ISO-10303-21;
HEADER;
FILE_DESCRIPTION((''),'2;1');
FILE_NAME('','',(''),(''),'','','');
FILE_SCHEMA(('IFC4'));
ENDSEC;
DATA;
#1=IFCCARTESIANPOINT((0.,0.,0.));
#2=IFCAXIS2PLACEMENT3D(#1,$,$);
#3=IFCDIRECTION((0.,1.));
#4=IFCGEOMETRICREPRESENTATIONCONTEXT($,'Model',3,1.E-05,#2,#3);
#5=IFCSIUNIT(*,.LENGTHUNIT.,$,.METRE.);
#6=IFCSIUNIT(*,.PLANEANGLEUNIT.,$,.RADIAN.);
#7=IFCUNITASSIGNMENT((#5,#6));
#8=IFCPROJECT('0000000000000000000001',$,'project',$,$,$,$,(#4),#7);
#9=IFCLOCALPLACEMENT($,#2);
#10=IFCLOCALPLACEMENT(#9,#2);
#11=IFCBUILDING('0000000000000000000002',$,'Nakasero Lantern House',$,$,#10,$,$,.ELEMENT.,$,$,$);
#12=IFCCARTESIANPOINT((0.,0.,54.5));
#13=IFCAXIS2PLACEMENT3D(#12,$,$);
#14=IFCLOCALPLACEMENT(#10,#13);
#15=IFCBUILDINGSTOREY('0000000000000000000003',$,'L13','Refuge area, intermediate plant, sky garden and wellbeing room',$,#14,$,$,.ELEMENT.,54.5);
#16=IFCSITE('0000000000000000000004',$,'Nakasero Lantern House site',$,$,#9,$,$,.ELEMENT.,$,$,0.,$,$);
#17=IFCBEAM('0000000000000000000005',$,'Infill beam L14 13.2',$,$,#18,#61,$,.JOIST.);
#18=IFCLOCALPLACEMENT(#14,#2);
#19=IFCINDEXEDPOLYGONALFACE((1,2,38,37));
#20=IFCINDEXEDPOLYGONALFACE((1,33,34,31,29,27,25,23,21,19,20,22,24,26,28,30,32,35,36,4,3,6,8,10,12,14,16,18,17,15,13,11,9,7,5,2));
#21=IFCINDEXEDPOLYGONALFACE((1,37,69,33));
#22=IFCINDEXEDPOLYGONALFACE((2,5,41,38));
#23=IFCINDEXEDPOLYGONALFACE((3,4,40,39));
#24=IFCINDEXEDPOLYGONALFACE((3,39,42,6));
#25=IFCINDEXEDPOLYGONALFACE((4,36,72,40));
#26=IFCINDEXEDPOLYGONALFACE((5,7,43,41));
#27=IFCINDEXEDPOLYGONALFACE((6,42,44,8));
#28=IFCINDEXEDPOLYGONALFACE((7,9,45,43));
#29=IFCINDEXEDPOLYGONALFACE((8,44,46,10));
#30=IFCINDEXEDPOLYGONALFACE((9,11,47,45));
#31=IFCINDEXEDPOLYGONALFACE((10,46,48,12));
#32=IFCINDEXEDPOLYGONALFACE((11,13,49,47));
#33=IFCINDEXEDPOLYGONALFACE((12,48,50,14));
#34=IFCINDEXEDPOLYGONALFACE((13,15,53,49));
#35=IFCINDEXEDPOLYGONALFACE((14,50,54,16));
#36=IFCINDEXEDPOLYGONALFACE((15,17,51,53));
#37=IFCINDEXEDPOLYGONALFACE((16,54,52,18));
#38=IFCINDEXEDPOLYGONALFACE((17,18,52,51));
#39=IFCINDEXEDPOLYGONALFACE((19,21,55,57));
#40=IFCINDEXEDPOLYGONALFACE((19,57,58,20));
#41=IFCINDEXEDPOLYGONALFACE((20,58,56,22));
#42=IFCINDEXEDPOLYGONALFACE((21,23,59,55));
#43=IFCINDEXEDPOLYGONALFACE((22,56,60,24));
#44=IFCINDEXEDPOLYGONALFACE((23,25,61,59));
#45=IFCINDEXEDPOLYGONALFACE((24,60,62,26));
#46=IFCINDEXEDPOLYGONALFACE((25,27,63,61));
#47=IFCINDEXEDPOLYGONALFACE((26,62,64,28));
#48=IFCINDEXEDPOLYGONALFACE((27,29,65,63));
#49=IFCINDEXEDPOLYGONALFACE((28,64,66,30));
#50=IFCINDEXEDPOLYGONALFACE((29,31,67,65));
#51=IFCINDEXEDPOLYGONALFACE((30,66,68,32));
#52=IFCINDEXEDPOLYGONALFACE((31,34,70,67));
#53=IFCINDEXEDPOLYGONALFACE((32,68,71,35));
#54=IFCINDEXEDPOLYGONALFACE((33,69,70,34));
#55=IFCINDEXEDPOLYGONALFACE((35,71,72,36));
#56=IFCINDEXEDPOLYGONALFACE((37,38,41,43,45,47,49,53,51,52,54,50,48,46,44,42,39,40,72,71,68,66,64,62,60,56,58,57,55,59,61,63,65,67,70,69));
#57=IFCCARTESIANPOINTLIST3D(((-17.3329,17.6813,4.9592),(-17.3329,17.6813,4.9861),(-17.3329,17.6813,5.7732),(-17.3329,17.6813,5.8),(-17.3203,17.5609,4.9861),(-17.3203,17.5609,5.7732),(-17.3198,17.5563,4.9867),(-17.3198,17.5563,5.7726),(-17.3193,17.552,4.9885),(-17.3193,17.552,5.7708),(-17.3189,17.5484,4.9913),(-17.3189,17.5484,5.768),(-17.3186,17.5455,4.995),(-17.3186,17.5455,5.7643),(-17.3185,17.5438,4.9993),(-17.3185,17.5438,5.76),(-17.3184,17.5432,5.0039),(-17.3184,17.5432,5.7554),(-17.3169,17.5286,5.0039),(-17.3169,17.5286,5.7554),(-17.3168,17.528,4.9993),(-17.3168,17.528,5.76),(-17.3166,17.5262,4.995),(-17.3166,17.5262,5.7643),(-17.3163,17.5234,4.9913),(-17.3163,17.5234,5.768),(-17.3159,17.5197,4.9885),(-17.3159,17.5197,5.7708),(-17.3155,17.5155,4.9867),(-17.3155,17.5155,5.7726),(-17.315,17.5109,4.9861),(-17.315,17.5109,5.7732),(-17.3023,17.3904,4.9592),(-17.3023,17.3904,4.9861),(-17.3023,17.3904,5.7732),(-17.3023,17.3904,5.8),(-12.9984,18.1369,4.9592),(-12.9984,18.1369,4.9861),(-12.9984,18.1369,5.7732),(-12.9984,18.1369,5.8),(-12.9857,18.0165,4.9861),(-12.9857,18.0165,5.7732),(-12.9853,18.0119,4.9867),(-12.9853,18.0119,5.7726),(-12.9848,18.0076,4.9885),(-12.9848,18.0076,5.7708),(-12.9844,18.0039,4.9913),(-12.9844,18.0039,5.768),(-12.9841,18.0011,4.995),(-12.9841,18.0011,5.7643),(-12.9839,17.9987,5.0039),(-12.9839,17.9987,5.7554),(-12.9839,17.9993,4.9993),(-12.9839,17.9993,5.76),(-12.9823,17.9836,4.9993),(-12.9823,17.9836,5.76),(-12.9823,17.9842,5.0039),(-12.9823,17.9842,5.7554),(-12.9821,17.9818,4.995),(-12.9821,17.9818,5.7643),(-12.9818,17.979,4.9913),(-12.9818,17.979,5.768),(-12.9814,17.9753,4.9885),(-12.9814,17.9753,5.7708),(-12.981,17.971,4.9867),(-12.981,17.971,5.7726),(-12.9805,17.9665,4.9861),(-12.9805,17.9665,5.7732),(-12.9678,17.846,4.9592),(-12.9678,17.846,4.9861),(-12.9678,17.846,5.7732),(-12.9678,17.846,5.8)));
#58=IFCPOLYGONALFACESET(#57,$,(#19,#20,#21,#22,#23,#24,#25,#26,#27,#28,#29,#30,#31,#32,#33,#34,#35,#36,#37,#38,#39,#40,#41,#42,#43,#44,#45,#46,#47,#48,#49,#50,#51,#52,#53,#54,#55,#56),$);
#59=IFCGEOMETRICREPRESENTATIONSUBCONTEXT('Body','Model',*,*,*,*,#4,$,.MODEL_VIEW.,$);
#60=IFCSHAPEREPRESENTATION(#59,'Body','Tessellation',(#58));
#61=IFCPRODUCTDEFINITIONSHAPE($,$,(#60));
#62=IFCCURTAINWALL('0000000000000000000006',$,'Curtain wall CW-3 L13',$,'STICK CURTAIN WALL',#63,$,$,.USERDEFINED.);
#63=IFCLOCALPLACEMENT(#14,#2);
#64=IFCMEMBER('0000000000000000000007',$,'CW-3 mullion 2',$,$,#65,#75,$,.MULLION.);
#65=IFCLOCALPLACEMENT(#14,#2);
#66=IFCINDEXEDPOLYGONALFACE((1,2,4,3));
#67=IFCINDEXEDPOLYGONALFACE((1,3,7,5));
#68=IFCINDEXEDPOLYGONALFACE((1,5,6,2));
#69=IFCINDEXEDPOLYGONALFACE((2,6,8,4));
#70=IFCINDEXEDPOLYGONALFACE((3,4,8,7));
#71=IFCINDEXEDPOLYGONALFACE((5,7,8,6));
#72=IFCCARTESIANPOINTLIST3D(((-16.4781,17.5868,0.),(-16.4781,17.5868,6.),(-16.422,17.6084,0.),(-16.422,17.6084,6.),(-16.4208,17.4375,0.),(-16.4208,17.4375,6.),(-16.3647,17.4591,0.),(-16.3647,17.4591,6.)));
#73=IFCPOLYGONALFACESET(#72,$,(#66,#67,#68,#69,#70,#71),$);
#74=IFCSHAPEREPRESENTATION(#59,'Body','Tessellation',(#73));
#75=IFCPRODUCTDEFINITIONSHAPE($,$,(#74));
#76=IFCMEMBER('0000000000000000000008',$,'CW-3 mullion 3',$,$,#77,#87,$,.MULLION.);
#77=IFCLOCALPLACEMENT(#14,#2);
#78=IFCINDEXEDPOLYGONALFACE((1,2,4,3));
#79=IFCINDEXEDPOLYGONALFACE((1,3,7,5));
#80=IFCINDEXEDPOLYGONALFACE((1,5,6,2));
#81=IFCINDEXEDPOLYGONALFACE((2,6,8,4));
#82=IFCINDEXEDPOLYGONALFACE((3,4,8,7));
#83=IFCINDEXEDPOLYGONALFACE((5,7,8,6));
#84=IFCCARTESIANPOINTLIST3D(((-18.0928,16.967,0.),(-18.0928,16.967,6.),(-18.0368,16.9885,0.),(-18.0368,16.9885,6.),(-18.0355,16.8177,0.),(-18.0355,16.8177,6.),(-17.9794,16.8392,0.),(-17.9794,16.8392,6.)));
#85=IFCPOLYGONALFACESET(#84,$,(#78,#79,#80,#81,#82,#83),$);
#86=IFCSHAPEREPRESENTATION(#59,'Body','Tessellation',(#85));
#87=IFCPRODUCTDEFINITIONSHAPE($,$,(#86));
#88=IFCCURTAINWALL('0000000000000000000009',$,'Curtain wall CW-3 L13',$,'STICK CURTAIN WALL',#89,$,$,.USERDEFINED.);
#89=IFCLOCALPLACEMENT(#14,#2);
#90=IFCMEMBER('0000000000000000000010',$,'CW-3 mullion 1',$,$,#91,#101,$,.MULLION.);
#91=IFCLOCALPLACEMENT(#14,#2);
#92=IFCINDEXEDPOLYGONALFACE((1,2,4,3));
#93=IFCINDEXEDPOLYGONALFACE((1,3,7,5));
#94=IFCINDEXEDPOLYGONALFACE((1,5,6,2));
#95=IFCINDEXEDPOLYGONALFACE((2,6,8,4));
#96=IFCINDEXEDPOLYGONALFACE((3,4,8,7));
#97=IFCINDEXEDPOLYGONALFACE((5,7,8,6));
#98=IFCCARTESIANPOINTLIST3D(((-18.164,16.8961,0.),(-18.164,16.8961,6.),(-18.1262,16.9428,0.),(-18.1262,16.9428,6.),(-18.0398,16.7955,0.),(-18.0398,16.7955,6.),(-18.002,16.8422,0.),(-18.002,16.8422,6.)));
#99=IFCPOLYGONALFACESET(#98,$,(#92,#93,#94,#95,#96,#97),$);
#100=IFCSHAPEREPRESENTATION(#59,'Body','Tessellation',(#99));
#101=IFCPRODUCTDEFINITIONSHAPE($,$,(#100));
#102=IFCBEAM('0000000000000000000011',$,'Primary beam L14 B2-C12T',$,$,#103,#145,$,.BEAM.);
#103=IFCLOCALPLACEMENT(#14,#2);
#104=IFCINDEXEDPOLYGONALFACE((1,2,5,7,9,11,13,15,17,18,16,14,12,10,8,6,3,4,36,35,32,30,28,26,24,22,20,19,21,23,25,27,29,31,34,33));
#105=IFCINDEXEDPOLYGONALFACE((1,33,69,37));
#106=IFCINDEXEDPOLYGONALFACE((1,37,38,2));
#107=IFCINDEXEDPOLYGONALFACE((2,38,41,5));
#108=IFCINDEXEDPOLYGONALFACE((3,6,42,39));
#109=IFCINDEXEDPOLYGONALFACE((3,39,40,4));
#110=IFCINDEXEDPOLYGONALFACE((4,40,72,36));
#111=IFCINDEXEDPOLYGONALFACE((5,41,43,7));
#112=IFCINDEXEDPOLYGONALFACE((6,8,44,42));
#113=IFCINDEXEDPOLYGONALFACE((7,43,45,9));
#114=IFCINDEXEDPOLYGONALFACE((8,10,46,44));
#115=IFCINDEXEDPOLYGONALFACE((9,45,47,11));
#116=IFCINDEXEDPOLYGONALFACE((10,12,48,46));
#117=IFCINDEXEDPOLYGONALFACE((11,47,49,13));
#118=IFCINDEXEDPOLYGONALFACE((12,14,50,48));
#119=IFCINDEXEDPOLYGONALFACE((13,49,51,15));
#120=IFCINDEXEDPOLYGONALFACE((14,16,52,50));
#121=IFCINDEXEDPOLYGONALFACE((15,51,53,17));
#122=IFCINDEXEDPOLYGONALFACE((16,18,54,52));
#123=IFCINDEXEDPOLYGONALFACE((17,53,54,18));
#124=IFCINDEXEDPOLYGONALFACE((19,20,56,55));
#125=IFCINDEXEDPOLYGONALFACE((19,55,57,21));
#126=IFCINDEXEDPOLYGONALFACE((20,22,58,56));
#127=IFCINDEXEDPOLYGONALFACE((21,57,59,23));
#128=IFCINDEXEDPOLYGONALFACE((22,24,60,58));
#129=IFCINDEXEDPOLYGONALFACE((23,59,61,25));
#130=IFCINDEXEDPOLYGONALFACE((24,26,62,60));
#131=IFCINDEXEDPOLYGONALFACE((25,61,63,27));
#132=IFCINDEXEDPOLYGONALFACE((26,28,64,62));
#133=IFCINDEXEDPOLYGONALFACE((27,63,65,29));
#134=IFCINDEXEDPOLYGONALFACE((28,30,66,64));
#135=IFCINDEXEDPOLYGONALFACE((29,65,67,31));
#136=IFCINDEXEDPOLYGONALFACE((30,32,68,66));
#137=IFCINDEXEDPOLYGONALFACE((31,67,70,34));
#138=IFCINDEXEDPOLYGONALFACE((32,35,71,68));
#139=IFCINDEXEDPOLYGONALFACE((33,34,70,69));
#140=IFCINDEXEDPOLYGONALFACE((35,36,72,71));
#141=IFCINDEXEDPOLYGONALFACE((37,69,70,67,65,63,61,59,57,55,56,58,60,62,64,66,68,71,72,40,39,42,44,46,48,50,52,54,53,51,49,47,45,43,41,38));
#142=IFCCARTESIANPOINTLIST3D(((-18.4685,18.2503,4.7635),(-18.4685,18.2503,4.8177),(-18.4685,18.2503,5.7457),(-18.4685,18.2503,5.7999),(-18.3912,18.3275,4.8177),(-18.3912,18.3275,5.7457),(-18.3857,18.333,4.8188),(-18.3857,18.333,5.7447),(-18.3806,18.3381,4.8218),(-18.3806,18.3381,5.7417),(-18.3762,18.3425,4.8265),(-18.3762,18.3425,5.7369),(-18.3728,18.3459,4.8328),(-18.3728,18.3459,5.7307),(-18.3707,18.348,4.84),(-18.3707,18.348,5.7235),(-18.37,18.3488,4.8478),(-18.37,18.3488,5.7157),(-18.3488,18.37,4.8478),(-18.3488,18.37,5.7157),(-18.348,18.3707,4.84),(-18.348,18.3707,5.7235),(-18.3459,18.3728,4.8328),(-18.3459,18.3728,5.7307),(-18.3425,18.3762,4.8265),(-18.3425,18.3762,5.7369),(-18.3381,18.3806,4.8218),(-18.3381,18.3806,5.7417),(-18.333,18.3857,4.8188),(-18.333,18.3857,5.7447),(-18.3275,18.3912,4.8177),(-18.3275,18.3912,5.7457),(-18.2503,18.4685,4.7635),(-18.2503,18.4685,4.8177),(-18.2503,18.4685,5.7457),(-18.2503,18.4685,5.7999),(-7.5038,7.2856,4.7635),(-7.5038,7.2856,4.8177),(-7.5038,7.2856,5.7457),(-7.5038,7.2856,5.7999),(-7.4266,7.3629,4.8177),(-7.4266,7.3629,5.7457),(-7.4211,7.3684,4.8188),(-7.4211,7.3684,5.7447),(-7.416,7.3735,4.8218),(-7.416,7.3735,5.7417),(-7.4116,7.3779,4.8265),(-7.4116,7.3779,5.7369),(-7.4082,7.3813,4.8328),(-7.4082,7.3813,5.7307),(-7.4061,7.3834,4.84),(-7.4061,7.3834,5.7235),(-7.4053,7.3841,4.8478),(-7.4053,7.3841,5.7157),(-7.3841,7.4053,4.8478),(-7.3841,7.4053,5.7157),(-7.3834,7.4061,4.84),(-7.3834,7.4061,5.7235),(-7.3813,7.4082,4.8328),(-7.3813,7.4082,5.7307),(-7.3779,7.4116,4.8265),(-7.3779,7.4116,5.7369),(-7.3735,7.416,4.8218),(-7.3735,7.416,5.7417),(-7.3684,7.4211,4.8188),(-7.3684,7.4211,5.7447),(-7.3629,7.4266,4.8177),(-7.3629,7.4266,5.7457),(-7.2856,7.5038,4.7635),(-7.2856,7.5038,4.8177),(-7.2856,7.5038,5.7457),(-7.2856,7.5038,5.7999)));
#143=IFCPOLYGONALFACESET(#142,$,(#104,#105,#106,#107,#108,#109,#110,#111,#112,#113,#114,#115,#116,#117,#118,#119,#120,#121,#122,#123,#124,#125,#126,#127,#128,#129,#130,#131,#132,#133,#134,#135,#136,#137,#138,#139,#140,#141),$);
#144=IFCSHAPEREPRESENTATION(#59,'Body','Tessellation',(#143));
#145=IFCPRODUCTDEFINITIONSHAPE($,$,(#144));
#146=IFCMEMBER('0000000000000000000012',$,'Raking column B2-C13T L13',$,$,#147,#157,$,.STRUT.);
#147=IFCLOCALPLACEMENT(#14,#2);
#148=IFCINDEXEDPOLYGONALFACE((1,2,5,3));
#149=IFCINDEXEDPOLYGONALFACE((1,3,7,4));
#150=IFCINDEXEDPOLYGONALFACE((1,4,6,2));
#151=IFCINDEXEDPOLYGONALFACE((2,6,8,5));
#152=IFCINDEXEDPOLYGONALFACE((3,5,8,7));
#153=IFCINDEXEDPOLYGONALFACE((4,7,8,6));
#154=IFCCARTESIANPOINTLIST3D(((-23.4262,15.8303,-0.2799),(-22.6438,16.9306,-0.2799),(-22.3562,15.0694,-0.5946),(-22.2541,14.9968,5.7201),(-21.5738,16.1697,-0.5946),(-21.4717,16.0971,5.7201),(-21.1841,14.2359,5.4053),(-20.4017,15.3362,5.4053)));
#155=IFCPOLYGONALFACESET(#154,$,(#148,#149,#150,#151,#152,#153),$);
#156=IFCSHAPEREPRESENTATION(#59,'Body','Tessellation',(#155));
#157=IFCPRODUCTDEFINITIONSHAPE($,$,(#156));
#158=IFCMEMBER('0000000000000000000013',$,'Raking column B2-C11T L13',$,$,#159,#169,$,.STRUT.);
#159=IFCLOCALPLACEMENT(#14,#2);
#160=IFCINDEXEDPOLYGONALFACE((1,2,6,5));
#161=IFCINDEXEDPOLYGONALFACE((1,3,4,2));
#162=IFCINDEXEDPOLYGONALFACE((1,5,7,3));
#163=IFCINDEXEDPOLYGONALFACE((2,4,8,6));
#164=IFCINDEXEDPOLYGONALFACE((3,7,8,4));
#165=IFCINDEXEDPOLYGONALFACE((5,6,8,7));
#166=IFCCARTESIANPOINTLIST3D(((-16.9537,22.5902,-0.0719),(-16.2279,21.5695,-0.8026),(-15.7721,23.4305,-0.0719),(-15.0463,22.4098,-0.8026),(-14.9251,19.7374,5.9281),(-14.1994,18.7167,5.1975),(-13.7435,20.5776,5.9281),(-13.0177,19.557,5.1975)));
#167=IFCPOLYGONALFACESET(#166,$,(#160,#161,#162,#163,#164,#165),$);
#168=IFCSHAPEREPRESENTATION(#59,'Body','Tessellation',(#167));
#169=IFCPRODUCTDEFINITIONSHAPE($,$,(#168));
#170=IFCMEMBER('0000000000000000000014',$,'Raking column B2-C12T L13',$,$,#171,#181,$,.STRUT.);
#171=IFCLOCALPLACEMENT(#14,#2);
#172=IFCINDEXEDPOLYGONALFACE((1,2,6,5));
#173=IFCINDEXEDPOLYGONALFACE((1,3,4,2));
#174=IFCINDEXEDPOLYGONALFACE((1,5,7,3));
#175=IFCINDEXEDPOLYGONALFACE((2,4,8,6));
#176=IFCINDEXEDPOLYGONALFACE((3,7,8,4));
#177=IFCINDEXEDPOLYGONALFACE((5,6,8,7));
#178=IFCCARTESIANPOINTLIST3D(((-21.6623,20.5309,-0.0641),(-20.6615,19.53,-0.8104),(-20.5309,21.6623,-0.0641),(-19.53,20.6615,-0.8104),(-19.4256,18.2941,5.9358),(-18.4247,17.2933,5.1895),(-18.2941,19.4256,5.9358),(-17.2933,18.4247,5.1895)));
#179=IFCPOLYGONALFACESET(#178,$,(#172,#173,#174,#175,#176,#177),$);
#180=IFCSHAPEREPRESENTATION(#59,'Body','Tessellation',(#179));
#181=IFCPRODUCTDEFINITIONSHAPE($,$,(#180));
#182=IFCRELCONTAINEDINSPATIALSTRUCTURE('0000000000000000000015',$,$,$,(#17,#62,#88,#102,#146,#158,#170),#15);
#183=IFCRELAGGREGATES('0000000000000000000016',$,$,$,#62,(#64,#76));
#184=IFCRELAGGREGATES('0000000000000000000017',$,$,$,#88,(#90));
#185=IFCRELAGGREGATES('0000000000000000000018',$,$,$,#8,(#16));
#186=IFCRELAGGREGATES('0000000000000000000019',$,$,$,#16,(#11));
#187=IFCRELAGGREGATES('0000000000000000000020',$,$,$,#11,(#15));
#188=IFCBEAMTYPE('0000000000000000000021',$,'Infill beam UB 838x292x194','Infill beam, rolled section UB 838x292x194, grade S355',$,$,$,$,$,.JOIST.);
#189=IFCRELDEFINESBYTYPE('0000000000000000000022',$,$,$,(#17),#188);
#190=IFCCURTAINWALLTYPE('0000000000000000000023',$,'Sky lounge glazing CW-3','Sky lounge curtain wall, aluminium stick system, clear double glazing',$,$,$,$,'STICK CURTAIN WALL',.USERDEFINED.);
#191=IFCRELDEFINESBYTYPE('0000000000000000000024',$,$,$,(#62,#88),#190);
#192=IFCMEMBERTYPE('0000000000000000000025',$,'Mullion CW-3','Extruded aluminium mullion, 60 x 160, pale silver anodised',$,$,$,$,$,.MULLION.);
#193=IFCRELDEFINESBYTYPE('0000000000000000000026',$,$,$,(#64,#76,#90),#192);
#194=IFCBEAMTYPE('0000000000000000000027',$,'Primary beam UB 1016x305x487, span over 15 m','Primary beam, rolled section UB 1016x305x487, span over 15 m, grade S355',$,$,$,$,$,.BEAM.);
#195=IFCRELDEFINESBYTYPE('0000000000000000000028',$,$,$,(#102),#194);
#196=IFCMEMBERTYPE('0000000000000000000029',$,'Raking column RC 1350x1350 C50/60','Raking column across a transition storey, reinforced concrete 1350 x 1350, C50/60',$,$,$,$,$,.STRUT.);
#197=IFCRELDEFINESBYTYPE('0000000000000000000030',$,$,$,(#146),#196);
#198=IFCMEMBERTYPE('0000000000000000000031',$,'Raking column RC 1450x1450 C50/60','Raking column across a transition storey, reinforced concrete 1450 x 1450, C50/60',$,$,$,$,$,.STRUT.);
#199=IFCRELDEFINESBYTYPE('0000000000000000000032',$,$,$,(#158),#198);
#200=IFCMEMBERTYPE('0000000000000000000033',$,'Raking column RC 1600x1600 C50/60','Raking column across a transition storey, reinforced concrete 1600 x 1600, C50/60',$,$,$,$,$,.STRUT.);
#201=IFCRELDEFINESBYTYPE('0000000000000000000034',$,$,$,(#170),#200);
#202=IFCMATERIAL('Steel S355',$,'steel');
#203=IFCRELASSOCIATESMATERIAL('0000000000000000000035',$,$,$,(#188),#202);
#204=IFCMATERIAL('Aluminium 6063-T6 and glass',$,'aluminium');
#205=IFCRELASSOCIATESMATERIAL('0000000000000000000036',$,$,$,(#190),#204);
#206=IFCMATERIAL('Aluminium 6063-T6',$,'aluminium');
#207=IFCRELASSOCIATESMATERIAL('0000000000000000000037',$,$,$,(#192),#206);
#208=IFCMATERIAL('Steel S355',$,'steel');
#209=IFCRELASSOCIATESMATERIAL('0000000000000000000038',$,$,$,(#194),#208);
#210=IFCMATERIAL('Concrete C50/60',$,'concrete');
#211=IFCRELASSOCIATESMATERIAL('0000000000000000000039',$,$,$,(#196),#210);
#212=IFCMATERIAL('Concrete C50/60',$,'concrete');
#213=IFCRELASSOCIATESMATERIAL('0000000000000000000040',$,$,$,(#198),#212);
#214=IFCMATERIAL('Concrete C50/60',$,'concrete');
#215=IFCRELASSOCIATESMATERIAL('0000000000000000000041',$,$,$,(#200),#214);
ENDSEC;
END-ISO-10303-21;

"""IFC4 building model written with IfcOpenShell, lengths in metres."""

from ifc_helpers import new_model, si_unit, direction, frame, origin, origin_2d, place, context, subcontext, project, spatial, rectangle, i_section, extrude, material, material_profile, profile_set, type_object, element, aggregate, save


model = new_model("IFC4")

# Units and contexts
model_context = context("Model", 3, precision=1e-05, world=origin(), true_north=direction((0.0, 1.0)))
body_context = subcontext(model_context, "Body", "Model", "MODEL_VIEW")
ifc_project = project(units=[si_unit("LENGTHUNIT", "METRE"), si_unit("PLANEANGLEUNIT", "RADIAN")], contexts=[model_context])

# Site, building, storey
site_placement = place(None, origin())
site = spatial("IfcSite", under=ifc_project, at=site_placement, Name="Nakasero Lantern House site", CompositionType="ELEMENT", RefElevation=0.0)
building_placement = place(site_placement, origin())
building = spatial("IfcBuilding", under=site, at=building_placement, Name="Nakasero Lantern House", CompositionType="ELEMENT")
storey_placement = place(building_placement, frame((0.0, 0.0, 54.5)))
storey = spatial("IfcBuildingStorey", under=building, at=storey_placement, Name="L13", Description="Refuge area, intermediate plant, sky garden and wellbeing room", CompositionType="ELEMENT", Elevation=54.5)

# Beam
ifc_material_1 = material(Name="Steel S355", Category="steel")
ifc_material_profile_1 = material_profile(ifc_material_1, i_section(OverallWidth=0.2925, OverallDepth=0.8408, WebThickness=0.0146, FlangeThickness=0.0269, FilletRadius=0.0178, at=origin_2d()), Name="UB 838x292x194")
ifc_profile_set_1 = profile_set([ifc_material_profile_1], Name="Steel S355")
beam_type_1 = type_object("IfcBeamType", Name="Infill beam UB 838x292x194", Description="Infill beam, rolled section UB 838x292x194, grade S355", PredefinedType="JOIST", material=ifc_profile_set_1)
beam_1_placement = place(storey_placement, frame((-17.3176, 17.5359, 5.3796), z_axis=(0.994522, 0.104527, 0.0), x_axis=(-0.104527, 0.994522, 0.0)))
element("IfcBeam", 1, at=beam_1_placement, inside=storey, type_object=beam_type_1, Name="Infill beam L14 13.2", PredefinedType="JOIST", context=body_context, shape_type="SweptSolid", body=[
    extrude(i_section(OverallWidth=0.2925, OverallDepth=0.8408, WebThickness=0.0146, FlangeThickness=0.0269, FilletRadius=0.0178, at=origin_2d()), origin(), (0.0, 0.0, 1.0), 4.3584),
])

# Curtain wall, members
ifc_material_2 = material(Name="Aluminium 6063-T6 and glass", Category="aluminium")
curtain_wall_type = type_object("IfcCurtainWallType", Name="Sky lounge glazing CW-3", Description="Sky lounge curtain wall, aluminium stick system, clear double glazing", ElementType="STICK CURTAIN WALL", PredefinedType="USERDEFINED", material=ifc_material_2)
curtain_wall_1_placement = place(storey_placement, origin())
curtain_wall_1 = element("IfcCurtainWall", 2, at=curtain_wall_1_placement, inside=storey, type_object=curtain_wall_type, Name="Curtain wall CW-3 L13", ObjectType="STICK CURTAIN WALL", PredefinedType="USERDEFINED")
ifc_material_3 = material(Name="Aluminium 6063-T6", Category="aluminium")
ifc_material_profile_2 = material_profile(ifc_material_3, rectangle(XDim=0.0601, YDim=0.1599, at=origin_2d()), Name="CW-3 mullion 60x160")
ifc_profile_set_2 = profile_set([ifc_material_profile_2], Name="Aluminium 6063-T6")
member_type_1 = type_object("IfcMemberType", Name="Mullion CW-3", Description="Extruded aluminium mullion, 60 x 160, pale silver anodised", PredefinedType="MULLION", material=ifc_profile_set_2)
member_1_placement = place(storey_placement, frame((-16.4214, 17.5229, 0.0), z_axis=(0.0, 0.0, 1.0), x_axis=(-0.93358, -0.358368, 0.0)))
member_1 = element("IfcMember", 3, at=member_1_placement, type_object=member_type_1, Name="CW-3 mullion 2", PredefinedType="MULLION", context=body_context, shape_type="SweptSolid", body=[
    extrude(rectangle(XDim=0.0601, YDim=0.1599, at=origin_2d()), origin(), (0.0, 0.0, 1.0), 6.0),
])
member_2_placement = place(storey_placement, frame((-18.0361, 16.9031, 0.0), z_axis=(0.0, 0.0, 1.0), x_axis=(-0.93358, -0.358368, 0.0)))
member_2 = element("IfcMember", 4, at=member_2_placement, type_object=member_type_1, Name="CW-3 mullion 3", PredefinedType="MULLION", context=body_context, shape_type="SweptSolid", body=[
    extrude(rectangle(XDim=0.0601, YDim=0.1599, at=origin_2d()), origin(), (0.0, 0.0, 1.0), 6.0),
])

# Curtain wall, member
curtain_wall_2_placement = place(storey_placement, origin())
curtain_wall_2 = element("IfcCurtainWall", 5, at=curtain_wall_2_placement, inside=storey, type_object=curtain_wall_type, Name="Curtain wall CW-3 L13", ObjectType="STICK CURTAIN WALL", PredefinedType="USERDEFINED")
member_3_placement = place(storey_placement, frame((-18.083, 16.8691, 0.0), z_axis=(0.0, 0.0, 1.0), x_axis=(-0.62932, -0.777146, 0.0)))
member_3 = element("IfcMember", 6, at=member_3_placement, type_object=member_type_1, Name="CW-3 mullion 1", PredefinedType="MULLION", context=body_context, shape_type="SweptSolid", body=[
    extrude(rectangle(XDim=0.0601, YDim=0.1599, at=origin_2d()), origin(), (0.0, 0.0, 1.0), 6.0),
])

# Beam
ifc_material_4 = material(Name="Steel S355", Category="steel")
ifc_material_profile_3 = material_profile(ifc_material_4, i_section(OverallWidth=0.3086, OverallDepth=1.0364, WebThickness=0.03, FlangeThickness=0.0542, FilletRadius=0.03, at=origin_2d()), Name="UB 1016x305x487")
ifc_profile_set_3 = profile_set([ifc_material_profile_3], Name="Steel S355")
beam_type_2 = type_object("IfcBeamType", Name="Primary beam UB 1016x305x487, span over 15 m", Description="Primary beam, rolled section UB 1016x305x487, span over 15 m, grade S355", PredefinedType="BEAM", material=ifc_profile_set_3)
beam_2_placement = place(storey_placement, frame((-18.3594, 18.3594, 5.2817), z_axis=(0.707107, -0.707107, 0.0), x_axis=(0.707107, 0.707107, 0.0)))
element("IfcBeam", 7, at=beam_2_placement, inside=storey, type_object=beam_type_2, Name="Primary beam L14 B2-C12T", PredefinedType="BEAM", context=body_context, shape_type="SweptSolid", body=[
    extrude(i_section(OverallWidth=0.3086, OverallDepth=1.0364, WebThickness=0.03, FlangeThickness=0.0542, FilletRadius=0.03, at=origin_2d()), origin(), (0.0, 0.0, 1.0), 15.5063),
])

# Members
ifc_material_5 = material(Name="Concrete C50/60", Category="concrete")
ifc_material_profile_4 = material_profile(ifc_material_5, rectangle(XDim=1.3501, YDim=1.3501, at=origin_2d()), Name="RC 1350x1350")
ifc_profile_set_4 = profile_set([ifc_material_profile_4], Name="Concrete C50/60")
member_type_2 = type_object("IfcMemberType", Name="Raking column RC 1350x1350 C50/60", Description="Raking column across a transition storey, reinforced concrete 1350 x 1350, C50/60", PredefinedType="STRUT", material=ifc_profile_set_4)
member_4_placement = place(storey_placement, frame((-22.5, 16.0, -0.4373), z_axis=(0.189971, -0.135089, 0.972451), x_axis=(0.579519, 0.814959, 0.0)))
element("IfcMember", 8, at=member_4_placement, inside=storey, type_object=member_type_2, Name="Raking column B2-C13T L13", PredefinedType="STRUT", context=body_context, shape_type="SweptSolid", body=[
    extrude(rectangle(XDim=1.3501, YDim=1.3501, at=origin_2d()), origin(), (0.0, 0.0, 1.0), 6.1699),
])
ifc_material_6 = material(Name="Concrete C50/60", Category="concrete")
ifc_material_profile_5 = material_profile(ifc_material_6, rectangle(XDim=1.45, YDim=1.45, at=origin_2d()), Name="RC 1450x1450")
ifc_profile_set_5 = profile_set([ifc_material_profile_5], Name="Concrete C50/60")
member_type_3 = type_object("IfcMemberType", Name="Raking column RC 1450x1450 C50/60", Description="Raking column across a transition storey, reinforced concrete 1450 x 1450, C50/60", PredefinedType="STRUT", material=ifc_profile_set_5)
member_5_placement = place(storey_placement, frame((-16.0, 22.5, -0.4373), z_axis=(0.292028, -0.410681, 0.863748), x_axis=(0.814966, 0.579508, 0.0)))
element("IfcMember", 9, at=member_5_placement, inside=storey, type_object=member_type_3, Name="Raking column B2-C11T L13", PredefinedType="STRUT", context=body_context, shape_type="SweptSolid", body=[
    extrude(rectangle(XDim=1.45, YDim=1.45, at=origin_2d()), origin(), (0.0, 0.0, 1.0), 6.9465),
])
ifc_material_7 = material(Name="Concrete C50/60", Category="concrete")
ifc_material_profile_6 = material_profile(ifc_material_7, rectangle(XDim=1.6001, YDim=1.6001, at=origin_2d()), Name="RC 1600x1600")
ifc_profile_set_6 = profile_set([ifc_material_profile_6], Name="Concrete C50/60")
member_type_4 = type_object("IfcMemberType", Name="Raking column RC 1600x1600 C50/60", Description="Raking column across a transition storey, reinforced concrete 1600 x 1600, C50/60", PredefinedType="STRUT", material=ifc_profile_set_6)
member_6_placement = place(storey_placement, frame((-20.5962, 20.5962, -0.4373), z_axis=(0.329777, -0.329777, 0.884587), x_axis=(0.707107, 0.707107, 0.0)))
element("IfcMember", 10, at=member_6_placement, inside=storey, type_object=member_type_4, Name="Raking column B2-C12T L13", PredefinedType="STRUT", context=body_context, shape_type="SweptSolid", body=[
    extrude(rectangle(XDim=1.6001, YDim=1.6001, at=origin_2d()), origin(), (0.0, 0.0, 1.0), 6.7827),
])

aggregate(curtain_wall_1, [member_1, member_2])
aggregate(curtain_wall_2, [member_3])

save(model, "model.ifc")
